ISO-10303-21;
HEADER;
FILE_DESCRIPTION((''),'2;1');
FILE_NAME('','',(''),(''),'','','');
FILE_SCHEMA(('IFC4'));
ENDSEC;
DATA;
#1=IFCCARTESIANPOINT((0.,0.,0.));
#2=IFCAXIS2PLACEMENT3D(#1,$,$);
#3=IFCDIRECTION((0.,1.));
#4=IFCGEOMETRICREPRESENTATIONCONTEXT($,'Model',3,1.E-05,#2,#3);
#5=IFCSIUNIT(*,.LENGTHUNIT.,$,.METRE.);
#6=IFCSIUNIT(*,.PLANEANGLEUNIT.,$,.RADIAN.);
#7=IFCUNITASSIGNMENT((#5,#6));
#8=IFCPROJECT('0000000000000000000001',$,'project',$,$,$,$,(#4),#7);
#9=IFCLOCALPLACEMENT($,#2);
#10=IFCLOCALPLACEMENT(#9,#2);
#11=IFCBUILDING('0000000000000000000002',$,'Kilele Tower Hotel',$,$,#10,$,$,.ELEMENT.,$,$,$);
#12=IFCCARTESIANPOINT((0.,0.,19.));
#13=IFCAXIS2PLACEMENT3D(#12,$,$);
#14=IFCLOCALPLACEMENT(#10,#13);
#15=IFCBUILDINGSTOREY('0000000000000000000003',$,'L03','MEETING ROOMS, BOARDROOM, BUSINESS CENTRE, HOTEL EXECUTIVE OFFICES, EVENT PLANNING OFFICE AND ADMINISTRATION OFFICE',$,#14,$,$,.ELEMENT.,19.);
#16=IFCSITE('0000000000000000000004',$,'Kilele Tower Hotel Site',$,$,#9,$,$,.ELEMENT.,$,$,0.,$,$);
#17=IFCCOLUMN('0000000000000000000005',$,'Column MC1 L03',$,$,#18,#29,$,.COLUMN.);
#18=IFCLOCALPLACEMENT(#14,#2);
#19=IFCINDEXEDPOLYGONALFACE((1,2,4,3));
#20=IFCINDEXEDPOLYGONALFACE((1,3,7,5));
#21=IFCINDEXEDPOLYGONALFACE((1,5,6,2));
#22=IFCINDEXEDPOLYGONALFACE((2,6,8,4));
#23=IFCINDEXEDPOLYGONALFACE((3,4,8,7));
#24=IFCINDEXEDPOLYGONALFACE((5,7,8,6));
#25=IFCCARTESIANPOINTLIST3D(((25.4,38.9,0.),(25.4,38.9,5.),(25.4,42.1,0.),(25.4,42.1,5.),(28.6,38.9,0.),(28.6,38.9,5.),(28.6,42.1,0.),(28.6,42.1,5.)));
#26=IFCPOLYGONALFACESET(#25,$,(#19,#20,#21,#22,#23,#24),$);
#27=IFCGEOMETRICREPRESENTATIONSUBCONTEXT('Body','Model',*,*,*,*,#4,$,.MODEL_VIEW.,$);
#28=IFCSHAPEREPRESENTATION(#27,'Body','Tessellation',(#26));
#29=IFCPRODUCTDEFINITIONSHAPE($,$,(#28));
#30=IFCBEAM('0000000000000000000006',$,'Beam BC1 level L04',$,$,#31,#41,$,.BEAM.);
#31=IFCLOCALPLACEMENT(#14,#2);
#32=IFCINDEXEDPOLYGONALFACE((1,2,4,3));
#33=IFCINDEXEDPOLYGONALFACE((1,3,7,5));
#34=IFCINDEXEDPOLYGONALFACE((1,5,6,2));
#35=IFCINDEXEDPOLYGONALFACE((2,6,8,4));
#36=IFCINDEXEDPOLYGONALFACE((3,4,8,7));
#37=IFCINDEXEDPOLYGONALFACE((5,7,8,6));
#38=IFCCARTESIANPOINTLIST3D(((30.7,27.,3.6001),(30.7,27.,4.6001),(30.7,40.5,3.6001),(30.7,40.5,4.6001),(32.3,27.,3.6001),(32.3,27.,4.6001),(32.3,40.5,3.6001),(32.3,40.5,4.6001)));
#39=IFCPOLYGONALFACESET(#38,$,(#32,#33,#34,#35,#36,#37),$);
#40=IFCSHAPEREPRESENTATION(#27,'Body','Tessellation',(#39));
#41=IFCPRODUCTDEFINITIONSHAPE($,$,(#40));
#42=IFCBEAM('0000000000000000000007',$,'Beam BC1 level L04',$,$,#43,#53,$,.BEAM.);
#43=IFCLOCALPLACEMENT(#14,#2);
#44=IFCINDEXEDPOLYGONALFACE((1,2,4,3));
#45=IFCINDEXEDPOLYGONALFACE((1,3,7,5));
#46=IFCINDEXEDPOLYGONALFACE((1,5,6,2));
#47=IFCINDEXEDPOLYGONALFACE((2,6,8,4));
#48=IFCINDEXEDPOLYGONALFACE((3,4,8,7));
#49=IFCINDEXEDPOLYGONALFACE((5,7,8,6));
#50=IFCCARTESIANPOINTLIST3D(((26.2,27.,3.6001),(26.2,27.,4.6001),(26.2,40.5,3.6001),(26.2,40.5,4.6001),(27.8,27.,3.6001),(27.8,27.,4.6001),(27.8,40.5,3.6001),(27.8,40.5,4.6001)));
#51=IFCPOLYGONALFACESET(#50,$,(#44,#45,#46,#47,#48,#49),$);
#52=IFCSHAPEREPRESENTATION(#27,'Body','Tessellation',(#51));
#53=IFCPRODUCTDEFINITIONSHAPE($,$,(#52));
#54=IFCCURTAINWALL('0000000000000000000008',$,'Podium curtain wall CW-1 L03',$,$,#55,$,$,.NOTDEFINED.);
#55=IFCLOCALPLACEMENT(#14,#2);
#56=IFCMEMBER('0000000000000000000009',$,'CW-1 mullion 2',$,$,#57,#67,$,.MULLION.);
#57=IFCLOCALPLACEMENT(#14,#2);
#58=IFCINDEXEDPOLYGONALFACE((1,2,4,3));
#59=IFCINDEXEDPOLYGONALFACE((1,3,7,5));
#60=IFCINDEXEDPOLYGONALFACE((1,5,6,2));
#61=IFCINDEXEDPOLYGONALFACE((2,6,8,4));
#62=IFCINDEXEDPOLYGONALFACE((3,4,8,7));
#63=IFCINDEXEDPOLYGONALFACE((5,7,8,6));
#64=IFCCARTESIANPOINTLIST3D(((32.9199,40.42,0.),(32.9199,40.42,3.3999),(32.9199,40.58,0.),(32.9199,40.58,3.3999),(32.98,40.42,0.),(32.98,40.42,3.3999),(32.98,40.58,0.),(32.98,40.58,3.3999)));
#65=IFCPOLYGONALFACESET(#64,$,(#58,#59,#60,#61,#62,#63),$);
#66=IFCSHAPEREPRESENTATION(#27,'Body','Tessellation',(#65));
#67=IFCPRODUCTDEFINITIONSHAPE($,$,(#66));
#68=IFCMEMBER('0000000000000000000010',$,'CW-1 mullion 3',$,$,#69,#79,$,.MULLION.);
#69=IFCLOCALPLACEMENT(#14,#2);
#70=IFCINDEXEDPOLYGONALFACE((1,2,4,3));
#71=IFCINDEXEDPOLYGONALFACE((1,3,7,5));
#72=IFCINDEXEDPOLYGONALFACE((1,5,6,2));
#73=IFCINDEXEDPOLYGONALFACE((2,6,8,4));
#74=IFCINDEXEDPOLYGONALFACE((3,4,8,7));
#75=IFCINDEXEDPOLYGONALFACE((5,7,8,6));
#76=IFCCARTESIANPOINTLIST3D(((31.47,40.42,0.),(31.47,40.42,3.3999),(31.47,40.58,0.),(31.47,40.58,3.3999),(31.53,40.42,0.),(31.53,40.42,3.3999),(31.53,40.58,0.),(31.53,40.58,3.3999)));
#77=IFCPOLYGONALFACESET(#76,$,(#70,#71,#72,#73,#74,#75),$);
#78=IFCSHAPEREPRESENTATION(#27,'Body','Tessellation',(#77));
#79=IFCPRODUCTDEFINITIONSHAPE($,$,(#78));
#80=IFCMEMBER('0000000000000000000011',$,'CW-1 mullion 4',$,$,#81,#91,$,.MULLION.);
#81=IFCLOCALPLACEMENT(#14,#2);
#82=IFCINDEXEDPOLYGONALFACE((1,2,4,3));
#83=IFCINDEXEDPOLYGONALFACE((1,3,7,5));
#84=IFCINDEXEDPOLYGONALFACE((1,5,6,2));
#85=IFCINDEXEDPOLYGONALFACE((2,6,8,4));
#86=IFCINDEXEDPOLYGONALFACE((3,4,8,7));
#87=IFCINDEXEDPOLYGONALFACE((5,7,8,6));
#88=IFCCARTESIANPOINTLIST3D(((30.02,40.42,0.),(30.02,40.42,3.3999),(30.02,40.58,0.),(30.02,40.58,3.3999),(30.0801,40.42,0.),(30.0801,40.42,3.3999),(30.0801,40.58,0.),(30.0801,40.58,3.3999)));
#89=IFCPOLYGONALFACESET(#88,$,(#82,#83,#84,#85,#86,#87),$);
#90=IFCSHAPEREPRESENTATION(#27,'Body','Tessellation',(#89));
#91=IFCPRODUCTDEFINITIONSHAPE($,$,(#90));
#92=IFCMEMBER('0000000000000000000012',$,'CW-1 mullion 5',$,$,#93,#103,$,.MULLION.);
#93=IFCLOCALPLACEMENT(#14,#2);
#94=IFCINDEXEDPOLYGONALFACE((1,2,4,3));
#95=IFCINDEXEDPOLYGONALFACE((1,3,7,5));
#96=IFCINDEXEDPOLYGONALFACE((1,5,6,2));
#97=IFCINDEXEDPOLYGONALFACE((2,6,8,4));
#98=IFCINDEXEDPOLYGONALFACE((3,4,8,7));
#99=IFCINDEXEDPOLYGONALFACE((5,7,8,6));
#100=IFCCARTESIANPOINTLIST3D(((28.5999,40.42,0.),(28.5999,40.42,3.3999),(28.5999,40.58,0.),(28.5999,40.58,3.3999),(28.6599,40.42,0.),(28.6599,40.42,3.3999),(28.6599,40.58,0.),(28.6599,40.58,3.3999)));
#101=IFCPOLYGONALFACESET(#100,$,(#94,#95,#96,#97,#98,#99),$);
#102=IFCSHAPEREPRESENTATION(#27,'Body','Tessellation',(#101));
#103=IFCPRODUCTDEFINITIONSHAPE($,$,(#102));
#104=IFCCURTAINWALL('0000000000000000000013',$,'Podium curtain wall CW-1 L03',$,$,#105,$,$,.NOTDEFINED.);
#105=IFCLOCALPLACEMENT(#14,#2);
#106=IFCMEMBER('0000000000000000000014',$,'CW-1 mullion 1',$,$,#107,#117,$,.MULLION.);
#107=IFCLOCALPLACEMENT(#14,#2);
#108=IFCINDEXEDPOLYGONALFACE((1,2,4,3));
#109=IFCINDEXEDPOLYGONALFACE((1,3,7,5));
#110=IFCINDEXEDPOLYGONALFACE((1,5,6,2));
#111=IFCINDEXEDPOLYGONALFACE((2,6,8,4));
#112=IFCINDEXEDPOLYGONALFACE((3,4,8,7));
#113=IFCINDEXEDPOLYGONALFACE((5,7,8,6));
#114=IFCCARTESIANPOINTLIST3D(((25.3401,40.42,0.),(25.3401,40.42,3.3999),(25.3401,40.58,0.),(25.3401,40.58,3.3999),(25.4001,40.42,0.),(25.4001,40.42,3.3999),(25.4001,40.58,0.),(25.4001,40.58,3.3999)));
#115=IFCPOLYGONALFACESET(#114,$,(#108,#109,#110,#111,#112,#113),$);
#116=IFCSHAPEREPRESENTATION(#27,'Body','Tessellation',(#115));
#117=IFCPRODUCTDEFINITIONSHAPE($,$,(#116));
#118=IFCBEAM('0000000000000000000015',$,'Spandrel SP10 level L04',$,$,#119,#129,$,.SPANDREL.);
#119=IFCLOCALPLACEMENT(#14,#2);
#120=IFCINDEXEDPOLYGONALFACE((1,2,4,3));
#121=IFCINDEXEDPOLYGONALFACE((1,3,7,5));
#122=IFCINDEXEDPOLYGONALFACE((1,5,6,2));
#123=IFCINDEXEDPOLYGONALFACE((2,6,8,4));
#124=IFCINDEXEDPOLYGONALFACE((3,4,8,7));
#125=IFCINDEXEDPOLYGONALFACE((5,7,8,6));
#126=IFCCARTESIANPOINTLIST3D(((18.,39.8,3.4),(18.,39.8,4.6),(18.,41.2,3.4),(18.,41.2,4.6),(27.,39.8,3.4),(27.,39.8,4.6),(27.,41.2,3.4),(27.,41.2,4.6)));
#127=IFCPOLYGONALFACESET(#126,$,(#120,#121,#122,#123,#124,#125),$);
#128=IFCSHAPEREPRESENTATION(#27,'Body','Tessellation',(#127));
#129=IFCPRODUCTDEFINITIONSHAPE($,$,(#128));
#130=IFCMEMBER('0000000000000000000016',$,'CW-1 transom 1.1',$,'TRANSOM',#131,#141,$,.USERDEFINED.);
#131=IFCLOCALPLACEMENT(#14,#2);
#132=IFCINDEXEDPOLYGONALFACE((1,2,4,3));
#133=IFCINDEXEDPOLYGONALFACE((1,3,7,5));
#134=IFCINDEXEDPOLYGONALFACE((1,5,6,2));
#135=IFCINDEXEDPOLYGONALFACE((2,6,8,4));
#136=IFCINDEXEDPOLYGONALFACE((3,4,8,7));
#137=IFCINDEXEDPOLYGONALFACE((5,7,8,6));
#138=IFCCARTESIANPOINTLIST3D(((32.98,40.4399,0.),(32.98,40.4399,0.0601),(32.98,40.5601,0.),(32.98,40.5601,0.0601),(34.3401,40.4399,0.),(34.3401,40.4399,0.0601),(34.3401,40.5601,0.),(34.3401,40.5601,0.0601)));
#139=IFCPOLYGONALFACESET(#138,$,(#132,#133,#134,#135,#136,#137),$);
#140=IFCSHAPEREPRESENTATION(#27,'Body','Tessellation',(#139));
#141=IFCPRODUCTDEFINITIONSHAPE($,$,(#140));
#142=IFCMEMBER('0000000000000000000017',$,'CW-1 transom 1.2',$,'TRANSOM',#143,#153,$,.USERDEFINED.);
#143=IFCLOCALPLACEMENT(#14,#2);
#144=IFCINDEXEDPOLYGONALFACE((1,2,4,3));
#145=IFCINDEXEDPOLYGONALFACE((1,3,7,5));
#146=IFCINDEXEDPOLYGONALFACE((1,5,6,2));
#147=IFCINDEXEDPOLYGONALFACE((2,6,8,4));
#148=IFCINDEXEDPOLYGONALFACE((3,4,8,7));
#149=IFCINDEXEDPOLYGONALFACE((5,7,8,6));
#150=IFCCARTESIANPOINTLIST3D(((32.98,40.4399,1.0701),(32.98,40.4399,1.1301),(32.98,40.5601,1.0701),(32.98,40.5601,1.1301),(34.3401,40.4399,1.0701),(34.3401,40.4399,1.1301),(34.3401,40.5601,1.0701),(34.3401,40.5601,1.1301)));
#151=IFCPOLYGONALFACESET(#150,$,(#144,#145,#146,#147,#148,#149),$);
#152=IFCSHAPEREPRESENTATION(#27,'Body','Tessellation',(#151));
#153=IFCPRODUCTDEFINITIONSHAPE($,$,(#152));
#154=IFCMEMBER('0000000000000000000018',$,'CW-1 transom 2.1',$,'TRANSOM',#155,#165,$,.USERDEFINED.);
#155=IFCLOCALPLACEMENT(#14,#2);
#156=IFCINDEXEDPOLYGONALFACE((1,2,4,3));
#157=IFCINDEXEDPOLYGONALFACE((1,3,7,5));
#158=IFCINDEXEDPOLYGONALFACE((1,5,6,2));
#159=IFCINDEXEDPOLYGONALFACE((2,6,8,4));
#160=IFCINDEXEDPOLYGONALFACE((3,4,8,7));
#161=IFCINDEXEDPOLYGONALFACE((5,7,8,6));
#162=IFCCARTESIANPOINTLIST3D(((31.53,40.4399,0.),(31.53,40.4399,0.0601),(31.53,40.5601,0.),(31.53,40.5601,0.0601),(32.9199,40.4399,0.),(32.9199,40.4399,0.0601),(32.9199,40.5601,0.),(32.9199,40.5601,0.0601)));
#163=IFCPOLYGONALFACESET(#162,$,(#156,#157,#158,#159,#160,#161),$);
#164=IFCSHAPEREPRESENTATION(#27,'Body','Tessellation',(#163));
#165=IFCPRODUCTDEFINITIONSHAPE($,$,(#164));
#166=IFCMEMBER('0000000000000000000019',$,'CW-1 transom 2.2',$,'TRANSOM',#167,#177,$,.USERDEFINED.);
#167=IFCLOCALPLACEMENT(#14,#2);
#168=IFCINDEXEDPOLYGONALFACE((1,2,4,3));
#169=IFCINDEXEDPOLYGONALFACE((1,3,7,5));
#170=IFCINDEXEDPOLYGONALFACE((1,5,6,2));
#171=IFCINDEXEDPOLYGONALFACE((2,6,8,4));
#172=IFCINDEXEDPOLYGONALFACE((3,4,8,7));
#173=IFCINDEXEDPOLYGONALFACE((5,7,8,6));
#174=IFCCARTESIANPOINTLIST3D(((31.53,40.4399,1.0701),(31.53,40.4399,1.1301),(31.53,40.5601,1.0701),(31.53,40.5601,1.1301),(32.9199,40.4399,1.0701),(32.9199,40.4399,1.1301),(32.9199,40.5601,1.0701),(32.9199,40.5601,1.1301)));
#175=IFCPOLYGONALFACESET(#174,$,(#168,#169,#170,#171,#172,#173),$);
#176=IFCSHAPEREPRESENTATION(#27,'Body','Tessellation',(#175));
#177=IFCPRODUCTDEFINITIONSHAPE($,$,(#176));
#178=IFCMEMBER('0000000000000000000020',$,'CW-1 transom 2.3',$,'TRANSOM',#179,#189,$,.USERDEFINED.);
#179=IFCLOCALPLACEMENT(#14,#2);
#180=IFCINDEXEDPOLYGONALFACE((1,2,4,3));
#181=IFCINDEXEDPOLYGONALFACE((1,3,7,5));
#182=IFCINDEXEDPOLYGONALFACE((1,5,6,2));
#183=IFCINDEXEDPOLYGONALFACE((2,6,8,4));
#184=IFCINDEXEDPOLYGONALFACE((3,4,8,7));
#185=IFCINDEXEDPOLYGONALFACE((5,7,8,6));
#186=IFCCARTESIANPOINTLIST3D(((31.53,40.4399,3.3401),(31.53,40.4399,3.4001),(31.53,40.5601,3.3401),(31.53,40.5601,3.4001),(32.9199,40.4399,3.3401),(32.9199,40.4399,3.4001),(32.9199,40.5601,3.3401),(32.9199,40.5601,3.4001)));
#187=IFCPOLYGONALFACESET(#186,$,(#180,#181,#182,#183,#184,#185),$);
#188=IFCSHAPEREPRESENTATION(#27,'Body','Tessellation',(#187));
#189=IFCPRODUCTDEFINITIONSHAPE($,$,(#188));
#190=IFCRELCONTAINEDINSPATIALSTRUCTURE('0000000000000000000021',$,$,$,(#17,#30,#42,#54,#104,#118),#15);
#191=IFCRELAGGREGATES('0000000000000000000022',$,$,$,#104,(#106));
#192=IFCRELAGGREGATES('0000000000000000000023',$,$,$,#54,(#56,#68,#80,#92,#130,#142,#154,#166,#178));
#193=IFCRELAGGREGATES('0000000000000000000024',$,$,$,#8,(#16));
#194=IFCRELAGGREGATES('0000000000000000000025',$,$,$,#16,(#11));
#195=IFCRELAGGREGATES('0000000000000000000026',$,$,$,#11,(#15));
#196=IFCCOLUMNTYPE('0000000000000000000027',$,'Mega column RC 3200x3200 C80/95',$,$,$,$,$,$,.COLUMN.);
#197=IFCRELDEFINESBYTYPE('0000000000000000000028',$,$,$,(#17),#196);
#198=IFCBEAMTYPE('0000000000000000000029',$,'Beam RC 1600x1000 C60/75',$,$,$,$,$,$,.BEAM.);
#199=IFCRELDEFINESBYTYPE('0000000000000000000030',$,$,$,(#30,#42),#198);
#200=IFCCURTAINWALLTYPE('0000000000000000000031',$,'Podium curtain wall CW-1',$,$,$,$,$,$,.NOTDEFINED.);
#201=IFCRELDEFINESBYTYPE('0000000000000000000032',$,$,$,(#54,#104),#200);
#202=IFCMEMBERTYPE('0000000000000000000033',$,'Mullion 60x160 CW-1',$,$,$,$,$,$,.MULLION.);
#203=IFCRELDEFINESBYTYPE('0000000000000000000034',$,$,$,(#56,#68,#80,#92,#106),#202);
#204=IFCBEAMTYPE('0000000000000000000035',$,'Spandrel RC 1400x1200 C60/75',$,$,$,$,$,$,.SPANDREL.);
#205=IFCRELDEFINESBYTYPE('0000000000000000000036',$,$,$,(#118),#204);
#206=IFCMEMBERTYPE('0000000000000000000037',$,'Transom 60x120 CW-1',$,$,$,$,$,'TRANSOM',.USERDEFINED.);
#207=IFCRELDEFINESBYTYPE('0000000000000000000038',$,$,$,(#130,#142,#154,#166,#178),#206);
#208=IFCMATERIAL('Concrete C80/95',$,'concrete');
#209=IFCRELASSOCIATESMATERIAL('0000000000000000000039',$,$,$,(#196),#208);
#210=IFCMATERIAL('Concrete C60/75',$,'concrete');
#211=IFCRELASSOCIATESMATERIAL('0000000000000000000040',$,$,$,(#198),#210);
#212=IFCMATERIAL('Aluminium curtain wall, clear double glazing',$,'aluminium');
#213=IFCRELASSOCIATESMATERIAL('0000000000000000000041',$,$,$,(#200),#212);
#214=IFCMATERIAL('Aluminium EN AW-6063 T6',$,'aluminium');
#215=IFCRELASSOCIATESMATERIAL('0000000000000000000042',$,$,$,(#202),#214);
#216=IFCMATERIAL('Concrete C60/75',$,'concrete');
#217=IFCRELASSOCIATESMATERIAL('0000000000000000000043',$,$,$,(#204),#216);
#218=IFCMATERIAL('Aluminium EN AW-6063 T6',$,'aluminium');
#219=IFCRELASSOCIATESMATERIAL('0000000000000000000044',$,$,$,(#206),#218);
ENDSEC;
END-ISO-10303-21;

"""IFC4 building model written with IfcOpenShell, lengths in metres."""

from ifc_helpers import new_model, si_unit, direction, frame, origin, origin_2d, place, context, subcontext, project, spatial, rectangle, extrude, material, material_profile, profile_set, type_object, element, aggregate, save


model = new_model("IFC4")

# Units and contexts
model_context = context("Model", 3, precision=1e-05, world=origin(), true_north=direction((0.0, 1.0)))
body_context = subcontext(model_context, "Body", "Model", "MODEL_VIEW")
ifc_project = project(units=[si_unit("LENGTHUNIT", "METRE"), si_unit("PLANEANGLEUNIT", "RADIAN")], contexts=[model_context])

# Site, building, storey
site_placement = place(None, origin())
site = spatial("IfcSite", under=ifc_project, at=site_placement, Name="Kilele Tower Hotel Site", CompositionType="ELEMENT", RefElevation=0.0)
building_placement = place(site_placement, origin())
building = spatial("IfcBuilding", under=site, at=building_placement, Name="Kilele Tower Hotel", CompositionType="ELEMENT")
storey_placement = place(building_placement, frame((0.0, 0.0, 19.0)))
storey = spatial("IfcBuildingStorey", under=building, at=storey_placement, Name="L03", Description="MEETING ROOMS, BOARDROOM, BUSINESS CENTRE, HOTEL EXECUTIVE OFFICES, EVENT PLANNING OFFICE AND ADMINISTRATION OFFICE", CompositionType="ELEMENT", Elevation=19.0)

# Column
ifc_material_1 = material(Name="Concrete C80/95", Category="concrete")
ifc_material_profile_1 = material_profile(ifc_material_1, rectangle(XDim=3.2, YDim=3.2, at=origin_2d()))
ifc_profile_set_1 = profile_set([ifc_material_profile_1], Name="Concrete C80/95")
column_type = type_object("IfcColumnType", Name="Mega column RC 3200x3200 C80/95", PredefinedType="COLUMN", material=ifc_profile_set_1)
column_placement = place(storey_placement, frame((27.0, 40.5, 0.0), z_axis=(0.0, 0.0, 1.0), x_axis=(1.0, 0.0, 0.0)))
element("IfcColumn", 1, at=column_placement, inside=storey, type_object=column_type, Name="Column MC1 L03", PredefinedType="COLUMN", context=body_context, shape_type="SweptSolid", body=[
    extrude(rectangle(XDim=3.2, YDim=3.2, at=origin_2d()), origin(), (0.0, 0.0, 1.0), 5.0),
])

# Beams
ifc_material_2 = material(Name="Concrete C60/75", Category="concrete")
ifc_material_profile_2 = material_profile(ifc_material_2, rectangle(XDim=1.6001, YDim=1.0, at=origin_2d()))
ifc_profile_set_2 = profile_set([ifc_material_profile_2], Name="Concrete C60/75")
beam_type_1 = type_object("IfcBeamType", Name="Beam RC 1600x1000 C60/75", PredefinedType="BEAM", material=ifc_profile_set_2)
for number, where, z_axis, x_axis, name in (
    (2, (31.5, 40.5, 4.1001), (0.0, -1.0, 0.0), (1.0, 0.0, 0.0), "Beam BC1 level L04"),
    (3, (27.0, 40.5, 4.1001), (0.0, -1.0, 0.0), (1.0, 0.0, 0.0), "Beam BC1 level L04"),
):
    element("IfcBeam", number, at=place(storey_placement, frame(where, z_axis=z_axis, x_axis=x_axis)), inside=storey, type_object=beam_type_1, Name=name, PredefinedType="BEAM", context=body_context, shape_type="SweptSolid", body=[
        extrude(rectangle(XDim=1.6001, YDim=1.0, at=origin_2d()), origin(), (0.0, 0.0, 1.0), 13.5),
    ])

# Curtain wall, members
ifc_material_3 = material(Name="Aluminium curtain wall, clear double glazing", Category="aluminium")
curtain_wall_type = type_object("IfcCurtainWallType", Name="Podium curtain wall CW-1", PredefinedType="NOTDEFINED", material=ifc_material_3)
curtain_wall_1_placement = place(storey_placement, origin())
curtain_wall_1 = element("IfcCurtainWall", 4, at=curtain_wall_1_placement, inside=storey, type_object=curtain_wall_type, Name="Podium curtain wall CW-1 L03", PredefinedType="NOTDEFINED")
ifc_material_4 = material(Name="Aluminium EN AW-6063 T6", Category="aluminium")
ifc_material_profile_3 = material_profile(ifc_material_4, rectangle(XDim=0.1599, YDim=0.0601, at=origin_2d()))
ifc_profile_set_3 = profile_set([ifc_material_profile_3], Name="Aluminium EN AW-6063 T6")
member_type_1 = type_object("IfcMemberType", Name="Mullion 60x160 CW-1", PredefinedType="MULLION", material=ifc_profile_set_3)
member_1_placement = place(storey_placement, frame((32.95, 40.5, 0.0), z_axis=(0.0, 0.0, 1.0), x_axis=(0.0, -1.0, 0.0)))
member_1 = element("IfcMember", 5, at=member_1_placement, type_object=member_type_1, Name="CW-1 mullion 2", PredefinedType="MULLION", context=body_context, shape_type="SweptSolid", body=[
    extrude(rectangle(XDim=0.1599, YDim=0.0601, at=origin_2d()), origin(), (0.0, 0.0, 1.0), 3.3999),
])
member_2_placement = place(storey_placement, frame((31.5, 40.5, 0.0), z_axis=(0.0, 0.0, 1.0), x_axis=(0.0, -1.0, 0.0)))
member_2 = element("IfcMember", 6, at=member_2_placement, type_object=member_type_1, Name="CW-1 mullion 3", PredefinedType="MULLION", context=body_context, shape_type="SweptSolid", body=[
    extrude(rectangle(XDim=0.1599, YDim=0.0601, at=origin_2d()), origin(), (0.0, 0.0, 1.0), 3.3999),
])
member_3_placement = place(storey_placement, frame((30.05, 40.5, 0.0), z_axis=(0.0, 0.0, 1.0), x_axis=(0.0, -1.0, 0.0)))
member_3 = element("IfcMember", 7, at=member_3_placement, type_object=member_type_1, Name="CW-1 mullion 4", PredefinedType="MULLION", context=body_context, shape_type="SweptSolid", body=[
    extrude(rectangle(XDim=0.1599, YDim=0.0601, at=origin_2d()), origin(), (0.0, 0.0, 1.0), 3.3999),
])
member_4_placement = place(storey_placement, frame((28.6299, 40.5, 0.0), z_axis=(0.0, 0.0, 1.0), x_axis=(0.0, -1.0, 0.0)))
member_4 = element("IfcMember", 8, at=member_4_placement, type_object=member_type_1, Name="CW-1 mullion 5", PredefinedType="MULLION", context=body_context, shape_type="SweptSolid", body=[
    extrude(rectangle(XDim=0.1599, YDim=0.0601, at=origin_2d()), origin(), (0.0, 0.0, 1.0), 3.3999),
])

# Curtain wall, member
curtain_wall_2_placement = place(storey_placement, origin())
curtain_wall_2 = element("IfcCurtainWall", 9, at=curtain_wall_2_placement, inside=storey, type_object=curtain_wall_type, Name="Podium curtain wall CW-1 L03", PredefinedType="NOTDEFINED")
member_5_placement = place(storey_placement, frame((25.3701, 40.5, 0.0), z_axis=(0.0, 0.0, 1.0), x_axis=(0.0, -1.0, 0.0)))
member_5 = element("IfcMember", 10, at=member_5_placement, type_object=member_type_1, Name="CW-1 mullion 1", PredefinedType="MULLION", context=body_context, shape_type="SweptSolid", body=[
    extrude(rectangle(XDim=0.1599, YDim=0.0601, at=origin_2d()), origin(), (0.0, 0.0, 1.0), 3.3999),
])
aggregate(curtain_wall_2, [member_5])

# Beam
ifc_material_5 = material(Name="Concrete C60/75", Category="concrete")
ifc_material_profile_4 = material_profile(ifc_material_5, rectangle(XDim=1.3999, YDim=1.2, at=origin_2d()))
ifc_profile_set_4 = profile_set([ifc_material_profile_4], Name="Concrete C60/75")
beam_type_2 = type_object("IfcBeamType", Name="Spandrel RC 1400x1200 C60/75", PredefinedType="SPANDREL", material=ifc_profile_set_4)
beam_placement = place(storey_placement, frame((27.0, 40.5, 4.0), z_axis=(-1.0, 0.0, 0.0), x_axis=(0.0, -1.0, 0.0)))
element("IfcBeam", 11, at=beam_placement, inside=storey, type_object=beam_type_2, Name="Spandrel SP10 level L04", PredefinedType="SPANDREL", context=body_context, shape_type="SweptSolid", body=[
    extrude(rectangle(XDim=1.3999, YDim=1.2, at=origin_2d()), origin(), (0.0, 0.0, 1.0), 9.0),
])

# Members
ifc_material_6 = material(Name="Aluminium EN AW-6063 T6", Category="aluminium")
ifc_material_profile_5 = material_profile(ifc_material_6, rectangle(XDim=0.1201, YDim=0.0601, at=origin_2d()))
ifc_profile_set_5 = profile_set([ifc_material_profile_5], Name="Aluminium EN AW-6063 T6")
member_type_2 = type_object("IfcMemberType", Name="Transom 60x120 CW-1", ElementType="TRANSOM", PredefinedType="USERDEFINED", material=ifc_profile_set_5)
member_6_placement = place(storey_placement, frame((34.3401, 40.5, 0.03), z_axis=(-1.0, 0.0, 0.0), x_axis=(0.0, -1.0, 0.0)))
member_6 = element("IfcMember", 12, at=member_6_placement, type_object=member_type_2, Name="CW-1 transom 1.1", ObjectType="TRANSOM", PredefinedType="USERDEFINED", context=body_context, shape_type="SweptSolid", body=[
    extrude(rectangle(XDim=0.1201, YDim=0.0601, at=origin_2d()), origin(), (0.0, 0.0, 1.0), 1.3601),
])
member_7_placement = place(storey_placement, frame((34.3401, 40.5, 1.1001), z_axis=(-1.0, 0.0, 0.0), x_axis=(0.0, -1.0, 0.0)))
member_7 = element("IfcMember", 13, at=member_7_placement, type_object=member_type_2, Name="CW-1 transom 1.2", ObjectType="TRANSOM", PredefinedType="USERDEFINED", context=body_context, shape_type="SweptSolid", body=[
    extrude(rectangle(XDim=0.1201, YDim=0.0601, at=origin_2d()), origin(), (0.0, 0.0, 1.0), 1.3601),
])
member_8_placement = place(storey_placement, frame((32.9199, 40.5, 0.03), z_axis=(-1.0, 0.0, 0.0), x_axis=(0.0, -1.0, 0.0)))
member_8 = element("IfcMember", 14, at=member_8_placement, type_object=member_type_2, Name="CW-1 transom 2.1", ObjectType="TRANSOM", PredefinedType="USERDEFINED", context=body_context, shape_type="SweptSolid", body=[
    extrude(rectangle(XDim=0.1201, YDim=0.0601, at=origin_2d()), origin(), (0.0, 0.0, 1.0), 1.3899),
])
member_9_placement = place(storey_placement, frame((32.9199, 40.5, 1.1001), z_axis=(-1.0, 0.0, 0.0), x_axis=(0.0, -1.0, 0.0)))
member_9 = element("IfcMember", 15, at=member_9_placement, type_object=member_type_2, Name="CW-1 transom 2.2", ObjectType="TRANSOM", PredefinedType="USERDEFINED", context=body_context, shape_type="SweptSolid", body=[
    extrude(rectangle(XDim=0.1201, YDim=0.0601, at=origin_2d()), origin(), (0.0, 0.0, 1.0), 1.3899),
])
member_10_placement = place(storey_placement, frame((32.9199, 40.5, 3.3701), z_axis=(-1.0, 0.0, 0.0), x_axis=(0.0, -1.0, 0.0)))
member_10 = element("IfcMember", 16, at=member_10_placement, type_object=member_type_2, Name="CW-1 transom 2.3", ObjectType="TRANSOM", PredefinedType="USERDEFINED", context=body_context, shape_type="SweptSolid", body=[
    extrude(rectangle(XDim=0.1201, YDim=0.0601, at=origin_2d()), origin(), (0.0, 0.0, 1.0), 1.3899),
])

aggregate(curtain_wall_1, [member_1, member_2, member_3, member_4, member_6, member_7, member_8, member_9, member_10])

save(model, "model.ifc")
